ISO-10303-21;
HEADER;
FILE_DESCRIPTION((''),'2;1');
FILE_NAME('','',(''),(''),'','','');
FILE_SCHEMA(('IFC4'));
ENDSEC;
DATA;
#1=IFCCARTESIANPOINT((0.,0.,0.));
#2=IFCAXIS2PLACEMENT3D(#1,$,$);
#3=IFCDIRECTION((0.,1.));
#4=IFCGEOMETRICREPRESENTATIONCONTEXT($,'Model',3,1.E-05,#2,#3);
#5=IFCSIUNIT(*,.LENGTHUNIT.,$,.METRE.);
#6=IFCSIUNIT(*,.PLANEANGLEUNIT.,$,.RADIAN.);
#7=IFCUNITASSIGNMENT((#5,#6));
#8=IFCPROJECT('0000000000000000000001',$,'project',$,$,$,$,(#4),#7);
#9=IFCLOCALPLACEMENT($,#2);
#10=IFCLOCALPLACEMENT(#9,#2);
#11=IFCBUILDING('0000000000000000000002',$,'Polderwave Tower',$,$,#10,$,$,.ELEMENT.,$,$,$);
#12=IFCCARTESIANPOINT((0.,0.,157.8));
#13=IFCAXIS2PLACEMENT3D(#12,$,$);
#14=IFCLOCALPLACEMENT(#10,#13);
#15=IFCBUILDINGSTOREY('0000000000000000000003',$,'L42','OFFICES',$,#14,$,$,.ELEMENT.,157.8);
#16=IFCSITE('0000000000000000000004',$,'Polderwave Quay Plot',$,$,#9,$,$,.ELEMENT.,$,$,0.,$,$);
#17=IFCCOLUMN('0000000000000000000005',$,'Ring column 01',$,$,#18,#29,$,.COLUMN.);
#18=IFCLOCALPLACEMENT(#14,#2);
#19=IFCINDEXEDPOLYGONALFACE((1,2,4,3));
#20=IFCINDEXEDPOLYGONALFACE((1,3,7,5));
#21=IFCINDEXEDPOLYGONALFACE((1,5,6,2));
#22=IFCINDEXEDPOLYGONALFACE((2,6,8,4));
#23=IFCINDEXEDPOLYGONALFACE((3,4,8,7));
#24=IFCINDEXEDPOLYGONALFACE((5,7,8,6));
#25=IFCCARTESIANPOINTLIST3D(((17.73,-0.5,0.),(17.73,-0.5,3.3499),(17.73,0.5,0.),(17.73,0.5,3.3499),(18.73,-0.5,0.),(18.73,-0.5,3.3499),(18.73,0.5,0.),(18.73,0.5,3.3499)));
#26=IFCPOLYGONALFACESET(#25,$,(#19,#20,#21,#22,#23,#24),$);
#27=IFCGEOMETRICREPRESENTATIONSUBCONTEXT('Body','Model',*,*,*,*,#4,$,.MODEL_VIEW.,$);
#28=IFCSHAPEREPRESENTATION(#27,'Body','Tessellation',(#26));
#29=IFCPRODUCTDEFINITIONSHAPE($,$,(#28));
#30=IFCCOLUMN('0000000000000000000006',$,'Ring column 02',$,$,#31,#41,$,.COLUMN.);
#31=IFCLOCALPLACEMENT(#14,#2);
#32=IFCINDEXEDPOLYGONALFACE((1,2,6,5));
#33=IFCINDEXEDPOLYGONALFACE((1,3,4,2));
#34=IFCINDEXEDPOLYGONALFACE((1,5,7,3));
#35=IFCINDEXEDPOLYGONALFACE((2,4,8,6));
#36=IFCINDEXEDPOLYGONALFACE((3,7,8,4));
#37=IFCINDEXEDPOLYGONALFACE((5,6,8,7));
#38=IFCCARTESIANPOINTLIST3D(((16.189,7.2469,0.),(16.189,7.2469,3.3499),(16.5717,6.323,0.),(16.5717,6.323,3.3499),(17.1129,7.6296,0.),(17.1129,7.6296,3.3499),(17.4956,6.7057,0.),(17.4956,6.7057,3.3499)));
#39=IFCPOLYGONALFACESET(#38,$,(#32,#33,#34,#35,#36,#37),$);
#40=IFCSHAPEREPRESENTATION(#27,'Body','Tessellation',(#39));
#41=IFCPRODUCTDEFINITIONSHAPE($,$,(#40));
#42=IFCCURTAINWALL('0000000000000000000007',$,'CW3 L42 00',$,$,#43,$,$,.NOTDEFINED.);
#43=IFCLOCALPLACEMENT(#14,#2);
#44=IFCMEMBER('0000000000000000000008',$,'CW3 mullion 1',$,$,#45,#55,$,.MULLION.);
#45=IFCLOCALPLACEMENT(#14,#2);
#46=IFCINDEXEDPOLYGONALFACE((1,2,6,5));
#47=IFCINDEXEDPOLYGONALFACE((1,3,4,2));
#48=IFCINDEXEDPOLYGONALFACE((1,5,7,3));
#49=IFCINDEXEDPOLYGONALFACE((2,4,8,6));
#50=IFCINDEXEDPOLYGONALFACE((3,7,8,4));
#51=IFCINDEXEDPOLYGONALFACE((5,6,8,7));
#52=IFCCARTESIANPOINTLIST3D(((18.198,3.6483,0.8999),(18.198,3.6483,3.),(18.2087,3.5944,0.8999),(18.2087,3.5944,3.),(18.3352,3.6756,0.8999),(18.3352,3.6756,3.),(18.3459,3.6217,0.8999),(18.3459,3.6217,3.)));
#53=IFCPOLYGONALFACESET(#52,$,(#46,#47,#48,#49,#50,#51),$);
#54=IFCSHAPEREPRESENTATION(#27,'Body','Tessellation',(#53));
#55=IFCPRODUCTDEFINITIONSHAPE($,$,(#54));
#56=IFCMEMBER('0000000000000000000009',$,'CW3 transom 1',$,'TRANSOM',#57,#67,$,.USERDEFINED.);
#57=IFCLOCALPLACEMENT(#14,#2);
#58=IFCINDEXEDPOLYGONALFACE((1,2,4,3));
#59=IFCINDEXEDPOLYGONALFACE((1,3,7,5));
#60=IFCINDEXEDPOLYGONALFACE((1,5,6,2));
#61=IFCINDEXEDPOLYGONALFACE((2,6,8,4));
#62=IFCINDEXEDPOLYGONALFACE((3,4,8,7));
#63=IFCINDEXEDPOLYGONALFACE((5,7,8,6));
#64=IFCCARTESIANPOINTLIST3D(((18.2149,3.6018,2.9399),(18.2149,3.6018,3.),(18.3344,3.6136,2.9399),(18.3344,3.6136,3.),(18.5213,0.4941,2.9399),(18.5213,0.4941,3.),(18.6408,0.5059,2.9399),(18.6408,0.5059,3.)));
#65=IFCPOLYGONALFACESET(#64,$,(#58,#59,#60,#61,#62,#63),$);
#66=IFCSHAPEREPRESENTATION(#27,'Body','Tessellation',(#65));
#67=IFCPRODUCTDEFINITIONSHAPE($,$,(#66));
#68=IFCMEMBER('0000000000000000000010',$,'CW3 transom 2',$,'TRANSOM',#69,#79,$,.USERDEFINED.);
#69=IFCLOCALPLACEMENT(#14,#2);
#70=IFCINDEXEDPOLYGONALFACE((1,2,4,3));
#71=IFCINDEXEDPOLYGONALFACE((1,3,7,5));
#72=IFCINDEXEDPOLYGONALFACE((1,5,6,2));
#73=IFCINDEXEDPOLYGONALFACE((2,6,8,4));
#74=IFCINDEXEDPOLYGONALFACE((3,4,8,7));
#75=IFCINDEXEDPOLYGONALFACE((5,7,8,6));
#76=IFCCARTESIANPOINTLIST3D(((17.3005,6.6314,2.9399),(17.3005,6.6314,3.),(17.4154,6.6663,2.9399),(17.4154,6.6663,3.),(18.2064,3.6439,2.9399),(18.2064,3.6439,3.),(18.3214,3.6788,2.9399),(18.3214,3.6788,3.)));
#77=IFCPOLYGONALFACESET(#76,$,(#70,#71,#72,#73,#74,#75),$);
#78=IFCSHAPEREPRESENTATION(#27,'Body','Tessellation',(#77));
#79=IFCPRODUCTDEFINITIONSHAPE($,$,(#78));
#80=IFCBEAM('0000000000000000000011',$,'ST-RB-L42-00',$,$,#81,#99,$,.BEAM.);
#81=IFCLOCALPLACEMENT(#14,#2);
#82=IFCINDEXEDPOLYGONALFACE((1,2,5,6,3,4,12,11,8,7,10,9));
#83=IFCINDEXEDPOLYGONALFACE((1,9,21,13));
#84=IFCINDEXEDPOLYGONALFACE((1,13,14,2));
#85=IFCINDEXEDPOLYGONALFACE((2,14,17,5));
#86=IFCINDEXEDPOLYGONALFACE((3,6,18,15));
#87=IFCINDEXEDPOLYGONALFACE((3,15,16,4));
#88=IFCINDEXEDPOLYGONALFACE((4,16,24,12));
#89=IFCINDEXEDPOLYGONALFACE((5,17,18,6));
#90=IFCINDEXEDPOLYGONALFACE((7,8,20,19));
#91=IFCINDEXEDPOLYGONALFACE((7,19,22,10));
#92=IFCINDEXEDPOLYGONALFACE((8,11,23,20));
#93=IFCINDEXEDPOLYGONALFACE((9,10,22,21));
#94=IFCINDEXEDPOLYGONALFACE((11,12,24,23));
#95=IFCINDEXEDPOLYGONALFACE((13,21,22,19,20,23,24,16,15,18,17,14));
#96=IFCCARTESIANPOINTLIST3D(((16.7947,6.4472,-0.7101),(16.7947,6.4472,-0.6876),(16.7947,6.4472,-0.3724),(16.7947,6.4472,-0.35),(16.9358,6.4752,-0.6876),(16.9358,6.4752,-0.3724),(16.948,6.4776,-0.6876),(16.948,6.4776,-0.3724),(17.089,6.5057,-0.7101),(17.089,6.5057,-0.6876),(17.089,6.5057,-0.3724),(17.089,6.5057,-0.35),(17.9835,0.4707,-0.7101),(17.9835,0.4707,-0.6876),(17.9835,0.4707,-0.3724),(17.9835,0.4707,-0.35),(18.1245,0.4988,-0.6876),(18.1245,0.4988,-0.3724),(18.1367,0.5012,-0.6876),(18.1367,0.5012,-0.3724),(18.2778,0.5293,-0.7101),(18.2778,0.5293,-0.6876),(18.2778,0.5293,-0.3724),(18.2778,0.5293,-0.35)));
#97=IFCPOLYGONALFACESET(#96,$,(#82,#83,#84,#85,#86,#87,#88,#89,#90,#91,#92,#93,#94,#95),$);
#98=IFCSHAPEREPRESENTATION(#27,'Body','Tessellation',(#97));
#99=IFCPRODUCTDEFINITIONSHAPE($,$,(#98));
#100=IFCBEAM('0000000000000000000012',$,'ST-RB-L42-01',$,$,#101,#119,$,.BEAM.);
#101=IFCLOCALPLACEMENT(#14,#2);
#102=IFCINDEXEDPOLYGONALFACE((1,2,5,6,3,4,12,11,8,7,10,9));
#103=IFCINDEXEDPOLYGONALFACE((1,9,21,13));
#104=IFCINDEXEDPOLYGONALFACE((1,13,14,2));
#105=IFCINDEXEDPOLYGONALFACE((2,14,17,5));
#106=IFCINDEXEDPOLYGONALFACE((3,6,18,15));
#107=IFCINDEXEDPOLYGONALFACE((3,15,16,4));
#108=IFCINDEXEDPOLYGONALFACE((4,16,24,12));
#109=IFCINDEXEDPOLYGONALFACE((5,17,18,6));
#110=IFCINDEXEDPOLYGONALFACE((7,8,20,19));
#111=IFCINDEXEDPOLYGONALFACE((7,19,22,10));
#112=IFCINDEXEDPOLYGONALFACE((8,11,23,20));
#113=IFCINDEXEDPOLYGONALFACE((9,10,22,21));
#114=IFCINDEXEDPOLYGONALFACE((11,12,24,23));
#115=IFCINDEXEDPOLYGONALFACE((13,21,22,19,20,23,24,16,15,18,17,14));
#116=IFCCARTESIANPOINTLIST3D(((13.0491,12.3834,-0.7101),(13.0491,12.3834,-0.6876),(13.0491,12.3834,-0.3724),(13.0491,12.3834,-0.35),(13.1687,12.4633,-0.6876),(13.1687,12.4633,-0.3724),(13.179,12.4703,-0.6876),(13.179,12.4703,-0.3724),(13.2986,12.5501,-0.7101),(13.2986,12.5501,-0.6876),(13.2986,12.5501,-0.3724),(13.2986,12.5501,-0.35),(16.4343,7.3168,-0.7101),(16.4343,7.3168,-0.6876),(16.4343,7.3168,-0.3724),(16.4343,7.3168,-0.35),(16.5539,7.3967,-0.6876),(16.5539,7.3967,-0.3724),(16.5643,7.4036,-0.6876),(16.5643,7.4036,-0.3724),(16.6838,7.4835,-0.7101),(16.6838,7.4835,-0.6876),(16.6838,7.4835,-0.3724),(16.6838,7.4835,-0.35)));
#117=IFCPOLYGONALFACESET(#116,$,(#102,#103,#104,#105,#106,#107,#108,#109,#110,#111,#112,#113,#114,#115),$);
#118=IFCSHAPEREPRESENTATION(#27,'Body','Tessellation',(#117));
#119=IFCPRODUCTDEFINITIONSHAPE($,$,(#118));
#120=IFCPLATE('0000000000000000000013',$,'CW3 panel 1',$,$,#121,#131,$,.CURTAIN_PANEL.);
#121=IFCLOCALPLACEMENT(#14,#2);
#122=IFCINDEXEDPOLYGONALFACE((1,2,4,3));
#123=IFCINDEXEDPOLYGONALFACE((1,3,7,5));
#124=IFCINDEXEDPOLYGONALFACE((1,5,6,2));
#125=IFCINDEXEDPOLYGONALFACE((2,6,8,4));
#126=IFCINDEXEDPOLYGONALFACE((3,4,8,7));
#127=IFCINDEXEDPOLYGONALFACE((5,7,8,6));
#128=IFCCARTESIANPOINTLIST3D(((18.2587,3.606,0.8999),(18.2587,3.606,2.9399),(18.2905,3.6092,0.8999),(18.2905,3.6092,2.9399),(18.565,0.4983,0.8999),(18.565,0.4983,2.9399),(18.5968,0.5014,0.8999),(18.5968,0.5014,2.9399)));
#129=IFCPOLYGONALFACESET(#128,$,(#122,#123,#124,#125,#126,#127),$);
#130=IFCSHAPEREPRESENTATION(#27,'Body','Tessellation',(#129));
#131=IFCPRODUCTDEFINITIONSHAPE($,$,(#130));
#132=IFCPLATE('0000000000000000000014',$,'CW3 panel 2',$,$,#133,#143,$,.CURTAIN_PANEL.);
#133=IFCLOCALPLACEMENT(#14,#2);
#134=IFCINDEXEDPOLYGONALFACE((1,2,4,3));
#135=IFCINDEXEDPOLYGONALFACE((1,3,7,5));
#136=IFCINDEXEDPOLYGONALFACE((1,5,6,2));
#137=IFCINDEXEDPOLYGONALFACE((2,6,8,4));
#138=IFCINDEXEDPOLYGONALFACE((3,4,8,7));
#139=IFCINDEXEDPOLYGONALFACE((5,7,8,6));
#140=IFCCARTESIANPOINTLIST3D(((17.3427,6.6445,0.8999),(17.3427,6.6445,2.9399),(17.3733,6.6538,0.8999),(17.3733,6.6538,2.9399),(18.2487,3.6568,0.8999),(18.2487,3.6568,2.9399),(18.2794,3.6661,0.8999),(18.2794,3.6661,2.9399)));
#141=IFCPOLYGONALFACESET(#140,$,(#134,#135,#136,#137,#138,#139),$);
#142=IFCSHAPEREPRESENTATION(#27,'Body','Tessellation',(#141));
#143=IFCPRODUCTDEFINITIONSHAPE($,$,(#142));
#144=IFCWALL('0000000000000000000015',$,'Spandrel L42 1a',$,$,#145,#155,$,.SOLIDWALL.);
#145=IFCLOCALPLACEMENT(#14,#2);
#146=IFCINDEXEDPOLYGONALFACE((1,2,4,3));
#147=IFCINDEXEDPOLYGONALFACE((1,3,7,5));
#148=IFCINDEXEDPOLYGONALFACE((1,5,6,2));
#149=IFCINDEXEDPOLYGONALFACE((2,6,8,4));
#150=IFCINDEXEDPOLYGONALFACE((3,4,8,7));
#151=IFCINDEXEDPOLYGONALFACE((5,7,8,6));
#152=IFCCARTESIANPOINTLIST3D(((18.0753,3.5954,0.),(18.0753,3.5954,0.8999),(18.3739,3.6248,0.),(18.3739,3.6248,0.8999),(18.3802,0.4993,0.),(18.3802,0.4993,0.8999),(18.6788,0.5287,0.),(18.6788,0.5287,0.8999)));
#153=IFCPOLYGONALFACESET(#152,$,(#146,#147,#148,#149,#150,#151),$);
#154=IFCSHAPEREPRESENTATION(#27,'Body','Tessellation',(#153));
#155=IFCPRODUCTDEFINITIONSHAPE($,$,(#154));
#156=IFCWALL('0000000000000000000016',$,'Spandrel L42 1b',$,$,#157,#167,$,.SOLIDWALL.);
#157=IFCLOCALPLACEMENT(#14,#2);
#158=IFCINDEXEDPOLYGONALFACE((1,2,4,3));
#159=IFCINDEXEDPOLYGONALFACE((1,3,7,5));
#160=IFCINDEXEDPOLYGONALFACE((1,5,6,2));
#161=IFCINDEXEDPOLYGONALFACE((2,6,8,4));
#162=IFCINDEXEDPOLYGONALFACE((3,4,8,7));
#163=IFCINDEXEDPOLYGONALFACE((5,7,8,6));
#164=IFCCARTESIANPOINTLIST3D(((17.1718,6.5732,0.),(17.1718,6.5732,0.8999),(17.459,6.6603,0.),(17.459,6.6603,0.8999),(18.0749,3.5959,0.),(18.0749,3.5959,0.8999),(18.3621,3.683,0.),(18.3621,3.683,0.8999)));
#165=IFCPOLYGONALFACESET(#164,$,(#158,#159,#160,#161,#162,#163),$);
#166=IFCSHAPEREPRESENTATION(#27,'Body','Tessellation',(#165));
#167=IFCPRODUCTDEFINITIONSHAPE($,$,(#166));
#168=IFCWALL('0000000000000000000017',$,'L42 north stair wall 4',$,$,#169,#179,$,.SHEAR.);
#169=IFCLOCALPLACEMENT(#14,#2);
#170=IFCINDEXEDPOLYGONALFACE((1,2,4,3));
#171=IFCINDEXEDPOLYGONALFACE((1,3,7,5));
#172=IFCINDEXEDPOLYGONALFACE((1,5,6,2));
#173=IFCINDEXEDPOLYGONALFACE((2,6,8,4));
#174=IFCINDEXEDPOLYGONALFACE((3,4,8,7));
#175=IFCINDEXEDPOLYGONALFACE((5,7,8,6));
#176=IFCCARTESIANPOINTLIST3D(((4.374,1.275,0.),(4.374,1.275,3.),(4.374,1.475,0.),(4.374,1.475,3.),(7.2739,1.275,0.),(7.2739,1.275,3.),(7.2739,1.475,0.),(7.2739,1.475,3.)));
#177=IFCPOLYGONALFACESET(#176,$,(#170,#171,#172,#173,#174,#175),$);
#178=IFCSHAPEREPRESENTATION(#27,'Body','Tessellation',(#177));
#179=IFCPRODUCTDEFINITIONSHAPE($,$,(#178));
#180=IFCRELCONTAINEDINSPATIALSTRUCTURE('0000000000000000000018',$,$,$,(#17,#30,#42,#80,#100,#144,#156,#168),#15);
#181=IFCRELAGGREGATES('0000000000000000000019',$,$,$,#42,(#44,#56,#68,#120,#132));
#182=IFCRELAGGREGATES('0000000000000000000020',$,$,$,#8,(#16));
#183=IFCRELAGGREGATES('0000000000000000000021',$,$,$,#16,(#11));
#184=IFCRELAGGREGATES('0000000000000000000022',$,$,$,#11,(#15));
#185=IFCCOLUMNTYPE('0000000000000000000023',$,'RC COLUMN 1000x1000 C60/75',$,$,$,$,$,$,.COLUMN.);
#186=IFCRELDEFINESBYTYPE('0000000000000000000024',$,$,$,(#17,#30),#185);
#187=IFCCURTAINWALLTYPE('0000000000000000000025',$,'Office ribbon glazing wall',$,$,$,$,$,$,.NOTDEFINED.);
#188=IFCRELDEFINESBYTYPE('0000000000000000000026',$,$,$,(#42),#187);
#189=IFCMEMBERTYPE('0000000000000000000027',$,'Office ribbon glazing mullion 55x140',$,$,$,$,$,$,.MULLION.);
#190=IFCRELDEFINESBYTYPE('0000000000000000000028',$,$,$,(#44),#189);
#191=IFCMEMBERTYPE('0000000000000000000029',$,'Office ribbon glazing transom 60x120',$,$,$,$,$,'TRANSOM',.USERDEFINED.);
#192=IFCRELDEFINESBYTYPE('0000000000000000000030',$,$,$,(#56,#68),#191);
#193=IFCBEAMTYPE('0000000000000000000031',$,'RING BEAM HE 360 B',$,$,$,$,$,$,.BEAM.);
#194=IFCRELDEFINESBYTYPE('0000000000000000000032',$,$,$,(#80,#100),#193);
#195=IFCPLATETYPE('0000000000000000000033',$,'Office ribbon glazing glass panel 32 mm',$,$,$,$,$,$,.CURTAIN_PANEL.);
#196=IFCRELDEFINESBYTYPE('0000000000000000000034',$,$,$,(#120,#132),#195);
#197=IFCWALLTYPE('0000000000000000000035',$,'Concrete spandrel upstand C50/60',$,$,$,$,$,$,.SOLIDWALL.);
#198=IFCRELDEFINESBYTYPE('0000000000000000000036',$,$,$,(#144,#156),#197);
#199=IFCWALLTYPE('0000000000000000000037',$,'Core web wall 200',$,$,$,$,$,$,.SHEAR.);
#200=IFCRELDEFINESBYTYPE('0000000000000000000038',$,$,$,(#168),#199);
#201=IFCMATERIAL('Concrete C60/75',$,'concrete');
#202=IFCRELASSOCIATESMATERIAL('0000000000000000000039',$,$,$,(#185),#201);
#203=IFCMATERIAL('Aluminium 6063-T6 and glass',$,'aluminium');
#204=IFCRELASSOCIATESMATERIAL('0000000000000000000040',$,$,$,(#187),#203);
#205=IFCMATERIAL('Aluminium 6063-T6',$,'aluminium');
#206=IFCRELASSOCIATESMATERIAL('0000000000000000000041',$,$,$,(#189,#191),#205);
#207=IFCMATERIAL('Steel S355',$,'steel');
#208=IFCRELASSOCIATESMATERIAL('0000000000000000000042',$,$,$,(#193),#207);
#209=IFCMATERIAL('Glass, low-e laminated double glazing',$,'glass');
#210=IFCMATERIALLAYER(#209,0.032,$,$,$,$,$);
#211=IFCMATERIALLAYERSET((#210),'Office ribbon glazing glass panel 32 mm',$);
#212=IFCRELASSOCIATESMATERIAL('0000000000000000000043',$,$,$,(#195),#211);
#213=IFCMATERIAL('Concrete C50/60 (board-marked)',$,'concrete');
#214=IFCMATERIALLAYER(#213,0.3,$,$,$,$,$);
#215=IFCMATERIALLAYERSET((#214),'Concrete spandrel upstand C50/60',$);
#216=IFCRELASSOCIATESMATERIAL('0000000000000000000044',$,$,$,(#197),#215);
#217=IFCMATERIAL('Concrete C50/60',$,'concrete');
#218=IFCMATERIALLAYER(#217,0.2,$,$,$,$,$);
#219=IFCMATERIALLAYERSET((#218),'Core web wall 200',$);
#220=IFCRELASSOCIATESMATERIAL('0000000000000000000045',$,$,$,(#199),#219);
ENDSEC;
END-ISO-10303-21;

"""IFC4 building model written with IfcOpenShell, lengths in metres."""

from ifc_helpers import new_model, si_unit, direction, frame, frame_2d, origin, origin_2d, place, context, subcontext, project, spatial, rectangle, i_section, extrude, material, layer, layer_set, material_profile, profile_set, type_object, element, aggregate, save


model = new_model("IFC4")

# Units and contexts
model_context = context("Model", 3, precision=1e-05, world=origin(), true_north=direction((0.0, 1.0)))
body_context = subcontext(model_context, "Body", "Model", "MODEL_VIEW")
ifc_project = project(units=[si_unit("LENGTHUNIT", "METRE"), si_unit("PLANEANGLEUNIT", "RADIAN")], contexts=[model_context])

# Site, building, storey
site_placement = place(None, origin())
site = spatial("IfcSite", under=ifc_project, at=site_placement, Name="Polderwave Quay Plot", CompositionType="ELEMENT", RefElevation=0.0)
building_placement = place(site_placement, origin())
building = spatial("IfcBuilding", under=site, at=building_placement, Name="Polderwave Tower", CompositionType="ELEMENT")
storey_placement = place(building_placement, frame((0.0, 0.0, 157.8)))
storey = spatial("IfcBuildingStorey", under=building, at=storey_placement, Name="L42", Description="OFFICES", CompositionType="ELEMENT", Elevation=157.8)

# Columns
ifc_material_1 = material(Name="Concrete C60/75", Category="concrete")
ifc_material_profile_1 = material_profile(ifc_material_1, rectangle(XDim=1.0, YDim=1.0, at=origin_2d()), Name="RC 1000x1000")
ifc_profile_set_1 = profile_set([ifc_material_profile_1], Name="Concrete C60/75")
column_type = type_object("IfcColumnType", Name="RC COLUMN 1000x1000 C60/75", PredefinedType="COLUMN", material=ifc_profile_set_1)
for number, where, z_axis, x_axis, name in (
    (1, (18.23, 0.0, 0.0), (0.0, 0.0, 1.0), (1.0, 0.0, 0.0), "Ring column 01"),
    (2, (16.8423, 6.9763, 0.0), (0.0, 0.0, 1.0), (0.92388, 0.382683, 0.0), "Ring column 02"),
):
    element("IfcColumn", number, at=place(storey_placement, frame(where, z_axis=z_axis, x_axis=x_axis)), inside=storey, type_object=column_type, Name=name, PredefinedType="COLUMN", context=body_context, shape_type="SweptSolid", body=[
        extrude(rectangle(XDim=1.0, YDim=1.0, at=origin_2d()), origin(), (0.0, 0.0, 1.0), 3.3499),
    ])

# Curtain wall, members
ifc_material_2 = material(Name="Aluminium 6063-T6 and glass", Category="aluminium")
curtain_wall_type = type_object("IfcCurtainWallType", Name="Office ribbon glazing wall", PredefinedType="NOTDEFINED", material=ifc_material_2)
curtain_wall_placement = place(storey_placement, origin())
curtain_wall = element("IfcCurtainWall", 3, at=curtain_wall_placement, inside=storey, type_object=curtain_wall_type, Name="CW3 L42 00", PredefinedType="NOTDEFINED")
ifc_material_3 = material(Name="Aluminium 6063-T6", Category="aluminium")
ifc_material_profile_2 = material_profile(ifc_material_3, rectangle(XDim=0.1399, YDim=0.0549, at=origin_2d()), Name="AL 55x140")
ifc_profile_set_2 = profile_set([ifc_material_profile_2], Name="Aluminium 6063-T6")
member_type_1 = type_object("IfcMemberType", Name="Office ribbon glazing mullion 55x140", PredefinedType="MULLION", material=ifc_profile_set_2)
member_1_placement = place(storey_placement, frame((18.272, 3.635, 0.8999), z_axis=(0.0, 0.0, 1.0), x_axis=(-0.980787, -0.195083, 0.0)))
member_1 = element("IfcMember", 4, at=member_1_placement, type_object=member_type_1, Name="CW3 mullion 1", PredefinedType="MULLION", context=body_context, shape_type="SweptSolid", body=[
    extrude(rectangle(XDim=0.1399, YDim=0.0549, at=origin_2d()), origin(), (0.0, 0.0, 1.0), 2.1001),
])
ifc_material_profile_3 = material_profile(ifc_material_3, rectangle(XDim=0.1201, YDim=0.0601, at=origin_2d()), Name="AL 60x120")
ifc_profile_set_3 = profile_set([ifc_material_profile_3], Name="Aluminium 6063-T6")
member_type_2 = type_object("IfcMemberType", Name="Office ribbon glazing transom 60x120", ElementType="TRANSOM", PredefinedType="USERDEFINED", material=ifc_profile_set_3)
member_2_placement = place(storey_placement, frame((18.5811, 0.5, 2.97), z_axis=(-0.098118, 0.995175, 0.0), x_axis=(-0.995175, -0.098118, 0.0)))
member_2 = element("IfcMember", 5, at=member_2_placement, type_object=member_type_2, Name="CW3 transom 1", ObjectType="TRANSOM", PredefinedType="USERDEFINED", context=body_context, shape_type="SweptSolid", body=[
    extrude(rectangle(XDim=0.1201, YDim=0.0601, at=origin_2d()), origin(), (0.0, 0.0, 1.0), 3.1228),
])
member_3_placement = place(storey_placement, frame((18.2639, 3.6614, 2.97), z_axis=(-0.290209, 0.956963, 0.0), x_axis=(-0.956963, -0.290209, 0.0)))
member_3 = element("IfcMember", 6, at=member_3_placement, type_object=member_type_2, Name="CW3 transom 2", ObjectType="TRANSOM", PredefinedType="USERDEFINED", context=body_context, shape_type="SweptSolid", body=[
    extrude(rectangle(XDim=0.1201, YDim=0.0601, at=origin_2d()), origin(), (0.0, 0.0, 1.0), 3.1218),
])

# Beams
ifc_material_4 = material(Name="Steel S355", Category="steel")
ifc_material_profile_4 = material_profile(ifc_material_4, i_section(OverallWidth=0.3, OverallDepth=0.3601, WebThickness=0.0125, FlangeThickness=0.0225, at=origin_2d()), Name="HE 360 B")
ifc_profile_set_4 = profile_set([ifc_material_profile_4], Name="Steel S355")
beam_type = type_object("IfcBeamType", Name="RING BEAM HE 360 B", PredefinedType="BEAM", material=ifc_profile_set_4)
for number, where, z_axis, x_axis, name in (
    (7, (18.1306, 0.5, -0.53), (-0.195084, 0.980787, 0.0), (-0.980787, -0.195084, 0.0), "ST-RB-L42-00"),
    (8, (16.5591, 7.4001, -0.53), (-0.555551, 0.831483, 0.0), (-0.831483, -0.555551, 0.0), "ST-RB-L42-01"),
):
    element("IfcBeam", number, at=place(storey_placement, frame(where, z_axis=z_axis, x_axis=x_axis)), inside=storey, type_object=beam_type, Name=name, PredefinedType="BEAM", context=body_context, shape_type="SweptSolid", body=[
        extrude(i_section(OverallWidth=0.3, OverallDepth=0.3601, WebThickness=0.0125, FlangeThickness=0.0225, at=origin_2d()), origin(), (0.0, 0.0, 1.0), 6.0935),
    ])

# Plates
ifc_material_5 = material(Name="Glass, low-e laminated double glazing", Category="glass")
ifc_layer_1 = layer(ifc_material_5, 0.032)
ifc_layer_set_1 = layer_set([ifc_layer_1], Name="Office ribbon glazing glass panel 32 mm")
plate_type = type_object("IfcPlateType", Name="Office ribbon glazing glass panel 32 mm", PredefinedType="CURTAIN_PANEL", material=ifc_layer_set_1)
plate_1_placement = place(storey_placement, frame((18.4277, 2.0537, 0.8999), z_axis=(0.0, 0.0, 1.0), x_axis=(-0.09809, 0.995178, 0.0)))
plate_1 = element("IfcPlate", 9, at=plate_1_placement, type_object=plate_type, Name="CW3 panel 1", PredefinedType="CURTAIN_PANEL", context=body_context, shape_type="SweptSolid", body=[
    extrude(rectangle(XDim=3.1228, YDim=0.032, at=origin_2d()), origin(), (0.0, 0.0, 1.0), 2.04),
])
plate_2_placement = place(storey_placement, frame((17.811, 5.1553, 0.8999), z_axis=(0.0, 0.0, 1.0), x_axis=(-0.290201, 0.956966, 0.0)))
plate_2 = element("IfcPlate", 10, at=plate_2_placement, type_object=plate_type, Name="CW3 panel 2", PredefinedType="CURTAIN_PANEL", context=body_context, shape_type="SweptSolid", body=[
    extrude(rectangle(XDim=3.1221, YDim=0.032, at=origin_2d()), origin(), (0.0, 0.0, 1.0), 2.04),
])
aggregate(curtain_wall, [member_1, member_2, member_3, plate_1, plate_2])

# Walls
ifc_material_6 = material(Name="Concrete C50/60 (board-marked)", Category="concrete")
ifc_layer_2 = layer(ifc_material_6, 0.3)
ifc_layer_set_2 = layer_set([ifc_layer_2], Name="Concrete spandrel upstand C50/60")
wall_type_1 = type_object("IfcWallType", Name="Concrete spandrel upstand C50/60", PredefinedType="SOLIDWALL", material=ifc_layer_set_2)
wall_1_placement = place(storey_placement, frame((18.5295, 0.5139, 0.0), z_axis=(0.0, 0.0, 1.0), x_axis=(-0.098012, 0.995185, 0.0)))
element("IfcWall", 11, at=wall_1_placement, inside=storey, type_object=wall_type_1, Name="Spandrel L42 1a", PredefinedType="SOLIDWALL", context=body_context, shape_type="SweptSolid", body=[
    extrude(rectangle(XDim=3.1111, YDim=0.3, at=frame_2d((1.5557, 0.0))), origin(), (0.0, 0.0, 1.0), 0.8999),
])
wall_2_placement = place(storey_placement, frame((18.2185, 3.6394, 0.0), z_axis=(0.0, 0.0, 1.0), x_axis=(-0.290262, 0.956947, 0.0)))
element("IfcWall", 12, at=wall_2_placement, inside=storey, type_object=wall_type_1, Name="Spandrel L42 1b", PredefinedType="SOLIDWALL", context=body_context, shape_type="SweptSolid", body=[
    extrude(rectangle(XDim=3.1113, YDim=0.3, at=frame_2d((1.5557, 0.0))), origin(), (0.0, 0.0, 1.0), 0.8999),
])
ifc_material_7 = material(Name="Concrete C50/60", Category="concrete")
ifc_layer_3 = layer(ifc_material_7, 0.2)
ifc_layer_set_3 = layer_set([ifc_layer_3], Name="Core web wall 200")
wall_type_2 = type_object("IfcWallType", Name="Core web wall 200", PredefinedType="SHEAR", material=ifc_layer_set_3)
wall_3_placement = place(storey_placement, frame((4.374, 1.375, 0.0), z_axis=(0.0, 0.0, 1.0), x_axis=(1.0, 0.0, 0.0)))
element("IfcWall", 13, at=wall_3_placement, inside=storey, type_object=wall_type_2, Name="L42 north stair wall 4", PredefinedType="SHEAR", context=body_context, shape_type="SweptSolid", body=[
    extrude(rectangle(XDim=2.8999, YDim=0.2, at=frame_2d((1.45, 0.0))), origin(), (0.0, 0.0, 1.0), 3.0),
])

save(model, "model.ifc")
